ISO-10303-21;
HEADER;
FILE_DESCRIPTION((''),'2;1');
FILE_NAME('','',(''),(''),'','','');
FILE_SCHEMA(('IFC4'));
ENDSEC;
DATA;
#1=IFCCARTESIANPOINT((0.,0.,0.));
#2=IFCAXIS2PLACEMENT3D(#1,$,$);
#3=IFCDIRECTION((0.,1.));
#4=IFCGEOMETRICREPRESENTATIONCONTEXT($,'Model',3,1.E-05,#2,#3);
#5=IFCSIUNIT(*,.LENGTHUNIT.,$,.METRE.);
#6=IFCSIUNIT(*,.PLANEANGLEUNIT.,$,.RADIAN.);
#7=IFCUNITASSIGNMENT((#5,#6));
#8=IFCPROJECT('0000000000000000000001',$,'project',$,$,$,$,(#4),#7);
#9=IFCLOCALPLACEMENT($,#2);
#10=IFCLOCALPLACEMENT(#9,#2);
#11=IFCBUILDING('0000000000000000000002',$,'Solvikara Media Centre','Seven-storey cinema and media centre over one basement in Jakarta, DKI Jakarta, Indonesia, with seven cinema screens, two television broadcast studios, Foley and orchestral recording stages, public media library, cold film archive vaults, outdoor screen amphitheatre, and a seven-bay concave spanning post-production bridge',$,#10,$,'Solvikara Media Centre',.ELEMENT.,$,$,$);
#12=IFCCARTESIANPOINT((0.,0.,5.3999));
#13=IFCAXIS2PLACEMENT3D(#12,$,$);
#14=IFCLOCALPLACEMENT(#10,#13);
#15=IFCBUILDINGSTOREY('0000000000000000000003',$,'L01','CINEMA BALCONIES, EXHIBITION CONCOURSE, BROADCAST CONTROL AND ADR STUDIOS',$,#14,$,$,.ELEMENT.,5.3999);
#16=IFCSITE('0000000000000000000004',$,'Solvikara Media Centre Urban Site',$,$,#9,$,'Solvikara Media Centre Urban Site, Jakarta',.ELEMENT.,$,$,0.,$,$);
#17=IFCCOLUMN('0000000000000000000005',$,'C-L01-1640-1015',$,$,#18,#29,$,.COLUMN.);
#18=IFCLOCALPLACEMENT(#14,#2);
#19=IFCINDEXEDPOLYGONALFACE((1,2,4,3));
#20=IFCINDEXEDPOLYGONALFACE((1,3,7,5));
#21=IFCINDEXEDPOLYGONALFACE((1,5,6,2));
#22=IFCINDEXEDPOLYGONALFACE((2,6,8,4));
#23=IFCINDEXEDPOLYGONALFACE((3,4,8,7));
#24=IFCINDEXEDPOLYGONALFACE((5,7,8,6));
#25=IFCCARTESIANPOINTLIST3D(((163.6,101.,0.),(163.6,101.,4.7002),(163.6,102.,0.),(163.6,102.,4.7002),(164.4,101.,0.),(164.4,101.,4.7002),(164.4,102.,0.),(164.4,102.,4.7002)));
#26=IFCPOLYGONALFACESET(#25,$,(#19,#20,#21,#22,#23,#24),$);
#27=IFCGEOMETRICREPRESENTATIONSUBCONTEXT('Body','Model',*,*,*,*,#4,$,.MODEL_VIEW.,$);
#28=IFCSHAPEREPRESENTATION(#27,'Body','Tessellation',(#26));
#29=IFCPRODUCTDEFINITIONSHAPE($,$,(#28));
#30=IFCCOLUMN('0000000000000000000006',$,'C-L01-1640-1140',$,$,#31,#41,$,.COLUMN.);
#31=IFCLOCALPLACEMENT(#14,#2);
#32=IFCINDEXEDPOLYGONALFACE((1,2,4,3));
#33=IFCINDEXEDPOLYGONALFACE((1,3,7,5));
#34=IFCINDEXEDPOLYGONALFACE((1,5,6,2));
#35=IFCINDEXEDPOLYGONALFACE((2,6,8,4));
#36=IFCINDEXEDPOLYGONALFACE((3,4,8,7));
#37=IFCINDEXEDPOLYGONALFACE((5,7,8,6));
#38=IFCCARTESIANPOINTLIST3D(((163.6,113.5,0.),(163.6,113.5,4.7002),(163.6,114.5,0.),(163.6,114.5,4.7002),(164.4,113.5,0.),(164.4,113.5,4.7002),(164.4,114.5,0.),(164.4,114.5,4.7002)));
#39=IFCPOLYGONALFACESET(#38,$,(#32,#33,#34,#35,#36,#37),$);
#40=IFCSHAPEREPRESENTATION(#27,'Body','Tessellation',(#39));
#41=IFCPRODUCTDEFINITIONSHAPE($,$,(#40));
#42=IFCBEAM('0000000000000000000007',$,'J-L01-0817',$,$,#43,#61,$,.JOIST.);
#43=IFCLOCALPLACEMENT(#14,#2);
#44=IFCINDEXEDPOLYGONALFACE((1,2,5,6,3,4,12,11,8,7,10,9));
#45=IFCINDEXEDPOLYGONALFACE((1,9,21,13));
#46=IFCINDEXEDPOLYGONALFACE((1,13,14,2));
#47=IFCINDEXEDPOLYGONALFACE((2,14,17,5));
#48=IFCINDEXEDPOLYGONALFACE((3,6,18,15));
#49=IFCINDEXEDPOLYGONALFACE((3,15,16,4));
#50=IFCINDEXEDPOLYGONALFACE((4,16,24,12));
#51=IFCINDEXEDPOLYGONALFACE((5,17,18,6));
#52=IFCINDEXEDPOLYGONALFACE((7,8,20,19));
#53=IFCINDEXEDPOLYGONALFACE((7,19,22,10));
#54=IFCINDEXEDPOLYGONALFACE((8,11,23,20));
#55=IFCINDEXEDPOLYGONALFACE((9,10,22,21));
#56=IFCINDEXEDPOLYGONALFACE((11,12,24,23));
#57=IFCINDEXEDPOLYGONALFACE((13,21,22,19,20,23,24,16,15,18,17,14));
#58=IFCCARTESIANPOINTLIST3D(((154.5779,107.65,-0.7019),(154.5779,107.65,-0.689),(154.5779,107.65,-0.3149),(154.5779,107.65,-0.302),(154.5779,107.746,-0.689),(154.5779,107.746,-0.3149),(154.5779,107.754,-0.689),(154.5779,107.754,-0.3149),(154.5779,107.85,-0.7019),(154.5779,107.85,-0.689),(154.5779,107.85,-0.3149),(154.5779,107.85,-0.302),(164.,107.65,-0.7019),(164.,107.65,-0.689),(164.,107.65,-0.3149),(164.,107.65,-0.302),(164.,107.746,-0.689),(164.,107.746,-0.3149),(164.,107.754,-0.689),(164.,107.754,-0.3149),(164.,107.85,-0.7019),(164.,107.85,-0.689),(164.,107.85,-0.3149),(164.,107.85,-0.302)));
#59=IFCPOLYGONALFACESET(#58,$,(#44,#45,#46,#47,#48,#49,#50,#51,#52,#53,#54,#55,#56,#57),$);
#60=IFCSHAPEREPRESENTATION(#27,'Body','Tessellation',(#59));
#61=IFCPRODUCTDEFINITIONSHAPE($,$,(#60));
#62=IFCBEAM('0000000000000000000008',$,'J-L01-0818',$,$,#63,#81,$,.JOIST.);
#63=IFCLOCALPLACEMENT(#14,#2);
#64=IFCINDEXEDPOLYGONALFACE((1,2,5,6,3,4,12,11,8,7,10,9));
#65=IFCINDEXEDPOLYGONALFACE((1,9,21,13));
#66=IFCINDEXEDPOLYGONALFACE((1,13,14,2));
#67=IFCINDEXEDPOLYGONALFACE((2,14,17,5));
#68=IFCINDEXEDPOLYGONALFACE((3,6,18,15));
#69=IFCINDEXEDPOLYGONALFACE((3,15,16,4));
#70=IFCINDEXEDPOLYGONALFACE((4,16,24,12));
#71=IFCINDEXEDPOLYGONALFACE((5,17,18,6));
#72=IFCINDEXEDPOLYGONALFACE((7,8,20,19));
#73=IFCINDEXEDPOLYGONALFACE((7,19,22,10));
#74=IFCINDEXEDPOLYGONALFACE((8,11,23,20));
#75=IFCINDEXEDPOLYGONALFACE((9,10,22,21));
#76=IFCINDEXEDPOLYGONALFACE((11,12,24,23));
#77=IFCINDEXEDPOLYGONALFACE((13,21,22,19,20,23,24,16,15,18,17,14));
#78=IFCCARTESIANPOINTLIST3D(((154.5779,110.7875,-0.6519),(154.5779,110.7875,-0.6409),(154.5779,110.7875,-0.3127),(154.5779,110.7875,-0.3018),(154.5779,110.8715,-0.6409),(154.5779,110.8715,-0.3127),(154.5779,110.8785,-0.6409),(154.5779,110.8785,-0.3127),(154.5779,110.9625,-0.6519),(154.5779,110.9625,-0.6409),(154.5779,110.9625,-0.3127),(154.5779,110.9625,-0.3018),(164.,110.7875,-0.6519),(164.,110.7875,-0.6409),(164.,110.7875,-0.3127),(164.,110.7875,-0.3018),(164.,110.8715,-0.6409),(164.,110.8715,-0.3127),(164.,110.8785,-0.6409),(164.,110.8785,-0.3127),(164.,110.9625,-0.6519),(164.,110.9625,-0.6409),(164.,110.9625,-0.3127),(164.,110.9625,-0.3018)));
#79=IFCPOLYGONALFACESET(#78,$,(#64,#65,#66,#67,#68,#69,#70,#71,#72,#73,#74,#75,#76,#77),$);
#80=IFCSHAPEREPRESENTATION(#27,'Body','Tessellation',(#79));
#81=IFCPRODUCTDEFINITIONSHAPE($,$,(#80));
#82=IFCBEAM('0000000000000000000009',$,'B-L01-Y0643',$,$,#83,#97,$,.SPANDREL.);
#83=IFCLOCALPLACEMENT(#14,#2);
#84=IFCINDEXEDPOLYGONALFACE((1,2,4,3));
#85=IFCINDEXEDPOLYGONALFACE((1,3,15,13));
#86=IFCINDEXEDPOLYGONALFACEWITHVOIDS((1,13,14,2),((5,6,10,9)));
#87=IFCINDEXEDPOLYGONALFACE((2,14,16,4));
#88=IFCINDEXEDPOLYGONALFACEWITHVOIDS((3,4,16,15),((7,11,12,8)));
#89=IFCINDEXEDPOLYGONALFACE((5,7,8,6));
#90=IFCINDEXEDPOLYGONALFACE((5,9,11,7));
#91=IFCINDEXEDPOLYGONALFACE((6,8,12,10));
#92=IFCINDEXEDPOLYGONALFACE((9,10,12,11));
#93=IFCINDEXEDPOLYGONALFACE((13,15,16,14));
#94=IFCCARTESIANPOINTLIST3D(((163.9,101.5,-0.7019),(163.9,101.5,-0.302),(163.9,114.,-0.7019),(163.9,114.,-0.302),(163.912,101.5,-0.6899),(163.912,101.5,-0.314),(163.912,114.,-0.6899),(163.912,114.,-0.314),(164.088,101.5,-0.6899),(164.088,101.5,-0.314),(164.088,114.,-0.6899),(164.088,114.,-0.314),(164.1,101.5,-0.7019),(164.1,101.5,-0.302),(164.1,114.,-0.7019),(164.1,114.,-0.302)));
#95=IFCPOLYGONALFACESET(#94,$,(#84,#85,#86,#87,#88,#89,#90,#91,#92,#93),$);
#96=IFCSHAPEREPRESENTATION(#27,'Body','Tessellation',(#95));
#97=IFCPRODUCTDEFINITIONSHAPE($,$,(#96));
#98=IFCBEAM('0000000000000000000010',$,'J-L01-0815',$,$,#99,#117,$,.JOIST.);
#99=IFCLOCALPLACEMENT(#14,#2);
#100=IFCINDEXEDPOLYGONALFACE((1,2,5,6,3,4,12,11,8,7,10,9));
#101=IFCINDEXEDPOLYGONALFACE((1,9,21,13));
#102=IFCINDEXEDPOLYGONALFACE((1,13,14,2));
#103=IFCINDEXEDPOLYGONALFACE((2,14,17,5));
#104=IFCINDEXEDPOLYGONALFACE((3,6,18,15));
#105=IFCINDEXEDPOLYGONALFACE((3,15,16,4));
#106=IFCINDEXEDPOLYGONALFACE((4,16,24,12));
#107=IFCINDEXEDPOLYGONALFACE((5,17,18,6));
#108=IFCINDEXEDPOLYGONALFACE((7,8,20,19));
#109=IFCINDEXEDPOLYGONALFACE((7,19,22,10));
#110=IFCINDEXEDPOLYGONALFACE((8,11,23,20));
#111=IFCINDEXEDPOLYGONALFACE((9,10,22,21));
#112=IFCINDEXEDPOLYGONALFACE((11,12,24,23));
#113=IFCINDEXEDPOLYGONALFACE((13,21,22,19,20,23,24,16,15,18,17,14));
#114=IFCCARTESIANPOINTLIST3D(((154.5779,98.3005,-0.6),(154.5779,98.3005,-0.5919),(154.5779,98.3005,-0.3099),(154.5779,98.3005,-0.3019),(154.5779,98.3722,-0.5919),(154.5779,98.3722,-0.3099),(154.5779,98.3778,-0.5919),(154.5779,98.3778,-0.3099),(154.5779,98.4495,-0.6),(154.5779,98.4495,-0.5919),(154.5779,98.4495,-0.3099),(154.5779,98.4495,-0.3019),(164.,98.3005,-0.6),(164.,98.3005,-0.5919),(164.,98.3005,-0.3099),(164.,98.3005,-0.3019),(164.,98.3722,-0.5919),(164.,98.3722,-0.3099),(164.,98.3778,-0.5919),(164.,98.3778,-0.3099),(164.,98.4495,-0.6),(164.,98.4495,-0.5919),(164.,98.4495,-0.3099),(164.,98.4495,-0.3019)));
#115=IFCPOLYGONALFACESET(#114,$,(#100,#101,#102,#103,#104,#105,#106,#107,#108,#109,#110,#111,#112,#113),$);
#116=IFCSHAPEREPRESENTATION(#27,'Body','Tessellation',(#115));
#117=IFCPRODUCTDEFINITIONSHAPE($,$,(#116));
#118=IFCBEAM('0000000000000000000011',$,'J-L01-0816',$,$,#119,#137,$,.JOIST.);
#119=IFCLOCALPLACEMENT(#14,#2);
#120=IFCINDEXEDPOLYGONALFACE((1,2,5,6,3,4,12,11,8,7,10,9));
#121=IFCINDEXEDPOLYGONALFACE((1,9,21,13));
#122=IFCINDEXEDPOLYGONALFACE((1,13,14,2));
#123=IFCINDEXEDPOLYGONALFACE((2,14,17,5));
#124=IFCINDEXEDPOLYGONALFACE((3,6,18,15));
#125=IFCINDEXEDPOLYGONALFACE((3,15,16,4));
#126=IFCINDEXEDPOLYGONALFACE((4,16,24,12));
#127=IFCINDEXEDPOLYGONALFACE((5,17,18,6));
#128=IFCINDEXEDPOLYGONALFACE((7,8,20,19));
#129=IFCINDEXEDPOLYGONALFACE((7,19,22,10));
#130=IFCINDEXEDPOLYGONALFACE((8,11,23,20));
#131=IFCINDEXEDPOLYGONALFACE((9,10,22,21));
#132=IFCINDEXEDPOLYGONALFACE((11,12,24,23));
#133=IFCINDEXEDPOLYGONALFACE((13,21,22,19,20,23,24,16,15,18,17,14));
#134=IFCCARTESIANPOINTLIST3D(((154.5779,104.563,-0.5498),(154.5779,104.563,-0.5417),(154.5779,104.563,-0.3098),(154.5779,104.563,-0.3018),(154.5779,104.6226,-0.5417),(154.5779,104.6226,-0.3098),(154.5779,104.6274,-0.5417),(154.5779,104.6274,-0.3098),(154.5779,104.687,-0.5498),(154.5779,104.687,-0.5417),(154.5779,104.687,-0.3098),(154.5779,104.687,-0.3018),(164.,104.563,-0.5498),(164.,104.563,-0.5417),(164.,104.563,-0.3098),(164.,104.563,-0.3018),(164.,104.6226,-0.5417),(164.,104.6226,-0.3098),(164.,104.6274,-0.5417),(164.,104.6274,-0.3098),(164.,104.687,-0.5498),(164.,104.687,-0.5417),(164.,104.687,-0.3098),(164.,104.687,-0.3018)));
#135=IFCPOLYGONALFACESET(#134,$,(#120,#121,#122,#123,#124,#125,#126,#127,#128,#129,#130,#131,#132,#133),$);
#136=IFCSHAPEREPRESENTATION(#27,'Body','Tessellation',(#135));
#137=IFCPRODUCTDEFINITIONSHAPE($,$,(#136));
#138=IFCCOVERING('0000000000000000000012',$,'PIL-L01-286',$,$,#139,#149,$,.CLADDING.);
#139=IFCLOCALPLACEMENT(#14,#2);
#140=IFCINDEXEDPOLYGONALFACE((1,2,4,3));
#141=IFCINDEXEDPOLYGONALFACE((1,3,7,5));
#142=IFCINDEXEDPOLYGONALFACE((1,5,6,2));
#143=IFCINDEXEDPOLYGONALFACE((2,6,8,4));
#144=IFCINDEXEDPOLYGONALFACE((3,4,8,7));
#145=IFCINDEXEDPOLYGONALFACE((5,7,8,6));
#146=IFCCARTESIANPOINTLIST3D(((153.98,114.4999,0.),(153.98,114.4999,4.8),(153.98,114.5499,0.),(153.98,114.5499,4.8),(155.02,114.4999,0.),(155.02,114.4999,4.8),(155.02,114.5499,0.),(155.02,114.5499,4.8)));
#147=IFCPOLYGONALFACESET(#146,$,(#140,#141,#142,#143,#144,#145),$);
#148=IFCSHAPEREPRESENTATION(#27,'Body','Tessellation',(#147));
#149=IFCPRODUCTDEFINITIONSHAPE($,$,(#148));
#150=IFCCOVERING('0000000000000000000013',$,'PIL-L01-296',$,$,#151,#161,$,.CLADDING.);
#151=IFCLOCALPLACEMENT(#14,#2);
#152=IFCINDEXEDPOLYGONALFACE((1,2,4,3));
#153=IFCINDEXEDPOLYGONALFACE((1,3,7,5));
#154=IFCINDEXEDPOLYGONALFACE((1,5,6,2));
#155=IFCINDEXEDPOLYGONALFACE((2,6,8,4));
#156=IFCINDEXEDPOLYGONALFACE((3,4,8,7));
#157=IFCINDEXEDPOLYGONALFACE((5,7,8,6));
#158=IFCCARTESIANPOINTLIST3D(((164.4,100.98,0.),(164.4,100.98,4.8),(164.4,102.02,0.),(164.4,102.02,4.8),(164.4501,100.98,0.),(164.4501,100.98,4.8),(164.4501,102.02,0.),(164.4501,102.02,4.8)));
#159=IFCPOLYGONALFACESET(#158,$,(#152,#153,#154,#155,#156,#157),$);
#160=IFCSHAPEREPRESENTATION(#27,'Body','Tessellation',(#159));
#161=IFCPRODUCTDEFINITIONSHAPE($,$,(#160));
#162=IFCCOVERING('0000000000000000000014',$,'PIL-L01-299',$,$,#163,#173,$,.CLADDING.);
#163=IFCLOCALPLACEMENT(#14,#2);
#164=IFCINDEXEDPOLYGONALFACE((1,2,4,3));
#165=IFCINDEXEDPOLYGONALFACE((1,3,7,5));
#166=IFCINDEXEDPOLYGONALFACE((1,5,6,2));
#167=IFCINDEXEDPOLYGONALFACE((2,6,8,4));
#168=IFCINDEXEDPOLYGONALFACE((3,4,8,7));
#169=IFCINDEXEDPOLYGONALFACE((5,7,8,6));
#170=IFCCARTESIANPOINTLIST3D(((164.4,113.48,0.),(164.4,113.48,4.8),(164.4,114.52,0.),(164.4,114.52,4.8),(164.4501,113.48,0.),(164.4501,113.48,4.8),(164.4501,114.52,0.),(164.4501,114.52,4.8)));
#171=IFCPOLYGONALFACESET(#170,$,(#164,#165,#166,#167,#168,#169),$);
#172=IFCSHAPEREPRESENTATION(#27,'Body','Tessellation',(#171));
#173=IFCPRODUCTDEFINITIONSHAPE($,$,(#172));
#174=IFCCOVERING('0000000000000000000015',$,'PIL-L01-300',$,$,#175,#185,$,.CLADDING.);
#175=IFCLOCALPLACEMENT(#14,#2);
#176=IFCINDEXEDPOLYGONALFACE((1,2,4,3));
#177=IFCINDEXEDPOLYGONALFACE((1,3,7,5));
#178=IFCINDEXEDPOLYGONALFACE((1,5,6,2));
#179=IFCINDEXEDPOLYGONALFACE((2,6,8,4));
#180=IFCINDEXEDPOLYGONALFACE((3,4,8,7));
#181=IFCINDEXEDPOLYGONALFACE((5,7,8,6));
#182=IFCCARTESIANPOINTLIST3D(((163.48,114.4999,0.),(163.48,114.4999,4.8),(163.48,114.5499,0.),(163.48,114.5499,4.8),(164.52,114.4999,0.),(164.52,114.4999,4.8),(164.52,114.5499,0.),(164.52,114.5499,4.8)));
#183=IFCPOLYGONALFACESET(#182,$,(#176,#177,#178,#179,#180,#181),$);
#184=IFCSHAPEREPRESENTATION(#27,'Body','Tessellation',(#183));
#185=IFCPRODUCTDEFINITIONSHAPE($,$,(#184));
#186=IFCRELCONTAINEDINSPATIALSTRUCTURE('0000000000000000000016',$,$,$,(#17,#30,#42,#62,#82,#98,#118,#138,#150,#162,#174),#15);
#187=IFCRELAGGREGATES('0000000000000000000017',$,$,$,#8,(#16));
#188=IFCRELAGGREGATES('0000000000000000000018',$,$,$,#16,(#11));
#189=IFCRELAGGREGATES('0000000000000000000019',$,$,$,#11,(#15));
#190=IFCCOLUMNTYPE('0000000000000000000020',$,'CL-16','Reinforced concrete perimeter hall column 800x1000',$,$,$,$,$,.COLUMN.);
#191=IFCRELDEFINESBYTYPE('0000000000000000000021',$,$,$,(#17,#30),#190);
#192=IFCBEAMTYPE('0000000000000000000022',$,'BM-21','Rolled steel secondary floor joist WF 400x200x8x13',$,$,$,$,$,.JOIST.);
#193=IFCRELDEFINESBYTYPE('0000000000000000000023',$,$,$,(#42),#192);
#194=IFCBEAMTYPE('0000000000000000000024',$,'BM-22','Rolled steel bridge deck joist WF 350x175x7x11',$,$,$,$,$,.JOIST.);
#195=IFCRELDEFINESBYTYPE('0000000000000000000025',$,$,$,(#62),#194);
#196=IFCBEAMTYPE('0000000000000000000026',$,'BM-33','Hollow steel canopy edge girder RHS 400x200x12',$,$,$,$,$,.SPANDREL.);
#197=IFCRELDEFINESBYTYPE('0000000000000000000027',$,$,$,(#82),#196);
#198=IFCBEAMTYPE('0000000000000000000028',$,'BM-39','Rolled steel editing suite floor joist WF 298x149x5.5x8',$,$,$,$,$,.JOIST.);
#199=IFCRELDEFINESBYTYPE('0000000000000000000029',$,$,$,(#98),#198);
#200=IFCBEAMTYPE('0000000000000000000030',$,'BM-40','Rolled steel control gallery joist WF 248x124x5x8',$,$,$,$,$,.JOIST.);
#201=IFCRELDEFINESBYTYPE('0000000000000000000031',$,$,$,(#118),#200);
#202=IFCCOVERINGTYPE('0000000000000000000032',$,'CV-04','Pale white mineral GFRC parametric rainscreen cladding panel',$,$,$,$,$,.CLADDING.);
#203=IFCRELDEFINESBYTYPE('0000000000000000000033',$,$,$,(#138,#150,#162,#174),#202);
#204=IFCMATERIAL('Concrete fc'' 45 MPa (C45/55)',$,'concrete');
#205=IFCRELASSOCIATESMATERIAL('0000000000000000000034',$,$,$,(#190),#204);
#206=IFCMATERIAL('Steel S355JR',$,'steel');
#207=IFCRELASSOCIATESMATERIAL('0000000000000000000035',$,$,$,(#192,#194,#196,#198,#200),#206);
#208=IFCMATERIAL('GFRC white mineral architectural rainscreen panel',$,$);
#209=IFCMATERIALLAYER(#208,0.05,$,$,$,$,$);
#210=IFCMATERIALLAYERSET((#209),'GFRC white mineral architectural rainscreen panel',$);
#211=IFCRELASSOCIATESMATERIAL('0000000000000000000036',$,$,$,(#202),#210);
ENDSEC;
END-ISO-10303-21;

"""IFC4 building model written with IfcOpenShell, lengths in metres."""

from ifc_helpers import new_model, si_unit, direction, frame, origin, origin_2d, place, context, subcontext, project, spatial, rectangle, hollow_rectangle, i_section, extrude, material, layer, layer_set, material_profile, profile_set, type_object, element, save


model = new_model("IFC4")

# Units and contexts
model_context = context("Model", 3, precision=1e-05, world=origin(), true_north=direction((0.0, 1.0)))
body_context = subcontext(model_context, "Body", "Model", "MODEL_VIEW")
ifc_project = project(units=[si_unit("LENGTHUNIT", "METRE"), si_unit("PLANEANGLEUNIT", "RADIAN")], contexts=[model_context])

# Site, building, storey
site_placement = place(None, origin())
site = spatial("IfcSite", under=ifc_project, at=site_placement, Name="Solvikara Media Centre Urban Site", LongName="Solvikara Media Centre Urban Site, Jakarta", CompositionType="ELEMENT", RefElevation=0.0)
building_placement = place(site_placement, origin())
building = spatial("IfcBuilding", under=site, at=building_placement, Name="Solvikara Media Centre", Description="Seven-storey cinema and media centre over one basement in Jakarta, DKI Jakarta, Indonesia, with seven cinema screens, two television broadcast studios, Foley and orchestral recording stages, public media library, cold film archive vaults, outdoor screen amphitheatre, and a seven-bay concave spanning post-production bridge", LongName="Solvikara Media Centre", CompositionType="ELEMENT")
storey_placement = place(building_placement, frame((0.0, 0.0, 5.3999)))
storey = spatial("IfcBuildingStorey", under=building, at=storey_placement, Name="L01", Description="CINEMA BALCONIES, EXHIBITION CONCOURSE, BROADCAST CONTROL AND ADR STUDIOS", CompositionType="ELEMENT", Elevation=5.3999)

# Columns
ifc_material_1 = material(Name="Concrete fc' 45 MPa (C45/55)", Category="concrete")
ifc_material_profile_1 = material_profile(ifc_material_1, rectangle(XDim=0.8, YDim=1.0, at=origin_2d()), Name="RC 800x1000")
ifc_profile_set_1 = profile_set([ifc_material_profile_1], Name="Concrete fc' 45 MPa (C45/55)")
column_type = type_object("IfcColumnType", Name="CL-16", Description="Reinforced concrete perimeter hall column 800x1000", PredefinedType="COLUMN", material=ifc_profile_set_1)
for number, where, z_axis, x_axis, name in (
    (1, (164.0, 101.5, 0.0), (0.0, 0.0, 1.0), (1.0, 0.0, 0.0), "C-L01-1640-1015"),
    (2, (164.0, 114.0, 0.0), (0.0, 0.0, 1.0), (1.0, 0.0, 0.0), "C-L01-1640-1140"),
):
    element("IfcColumn", number, at=place(storey_placement, frame(where, z_axis=z_axis, x_axis=x_axis)), inside=storey, type_object=column_type, Name=name, PredefinedType="COLUMN", context=body_context, shape_type="SweptSolid", body=[
        extrude(rectangle(XDim=0.8, YDim=1.0, at=origin_2d()), origin(), (0.0, 0.0, 1.0), 4.7002),
    ])

# Beams
ifc_material_2 = material(Name="Steel S355JR", Category="steel")
ifc_material_profile_2 = material_profile(ifc_material_2, i_section(OverallWidth=0.2, OverallDepth=0.3999, WebThickness=0.0081, FlangeThickness=0.0129, at=origin_2d()), Name="WF 400x200x8x13")
ifc_profile_set_2 = profile_set([ifc_material_profile_2], Name="Steel S355JR")
beam_type_1 = type_object("IfcBeamType", Name="BM-21", Description="Rolled steel secondary floor joist WF 400x200x8x13", PredefinedType="JOIST", material=ifc_profile_set_2)
beam_1_placement = place(storey_placement, frame((154.5779, 107.75, -0.502), z_axis=(1.0, 0.0, 0.0), x_axis=(0.0, 1.0, 0.0)))
element("IfcBeam", 3, at=beam_1_placement, inside=storey, type_object=beam_type_1, Name="J-L01-0817", PredefinedType="JOIST", context=body_context, shape_type="SweptSolid", body=[
    extrude(i_section(OverallWidth=0.2, OverallDepth=0.3999, WebThickness=0.0081, FlangeThickness=0.0129, at=origin_2d()), origin(), (0.0, 0.0, 1.0), 9.4221),
])
ifc_material_profile_3 = material_profile(ifc_material_2, i_section(OverallWidth=0.175, OverallDepth=0.3501, WebThickness=0.0071, FlangeThickness=0.011, at=origin_2d()), Name="WF 350x175x7x11")
ifc_profile_set_3 = profile_set([ifc_material_profile_3], Name="Steel S355JR")
beam_type_2 = type_object("IfcBeamType", Name="BM-22", Description="Rolled steel bridge deck joist WF 350x175x7x11", PredefinedType="JOIST", material=ifc_profile_set_3)
beam_2_placement = place(storey_placement, frame((154.5779, 110.875, -0.4768), z_axis=(1.0, 0.0, 0.0), x_axis=(0.0, 1.0, 0.0)))
element("IfcBeam", 4, at=beam_2_placement, inside=storey, type_object=beam_type_2, Name="J-L01-0818", PredefinedType="JOIST", context=body_context, shape_type="SweptSolid", body=[
    extrude(i_section(OverallWidth=0.175, OverallDepth=0.3501, WebThickness=0.0071, FlangeThickness=0.011, at=origin_2d()), origin(), (0.0, 0.0, 1.0), 9.4221),
])
ifc_material_profile_4 = material_profile(ifc_material_2, hollow_rectangle(XDim=0.2, YDim=0.3999, WallThickness=0.012, at=origin_2d()), Name="RHS 400x200x12")
ifc_profile_set_4 = profile_set([ifc_material_profile_4], Name="Steel S355JR")
beam_type_3 = type_object("IfcBeamType", Name="BM-33", Description="Hollow steel canopy edge girder RHS 400x200x12", PredefinedType="SPANDREL", material=ifc_profile_set_4)
beam_3_placement = place(storey_placement, frame((164.0, 101.5, -0.502), z_axis=(0.0, 1.0, 0.0), x_axis=(-1.0, 0.0, 0.0)))
element("IfcBeam", 5, at=beam_3_placement, inside=storey, type_object=beam_type_3, Name="B-L01-Y0643", PredefinedType="SPANDREL", context=body_context, shape_type="SweptSolid", body=[
    extrude(hollow_rectangle(XDim=0.2, YDim=0.3999, WallThickness=0.012, at=origin_2d()), origin(), (0.0, 0.0, 1.0), 12.5),
])
ifc_material_profile_5 = material_profile(ifc_material_2, i_section(OverallWidth=0.1489, OverallDepth=0.2981, WebThickness=0.0056, FlangeThickness=0.0081, at=origin_2d()), Name="WF 298x149x5.5x8")
ifc_profile_set_5 = profile_set([ifc_material_profile_5], Name="Steel S355JR")
beam_type_4 = type_object("IfcBeamType", Name="BM-39", Description="Rolled steel editing suite floor joist WF 298x149x5.5x8", PredefinedType="JOIST", material=ifc_profile_set_5)
beam_4_placement = place(storey_placement, frame((154.5779, 98.375, -0.4509), z_axis=(1.0, 0.0, 0.0), x_axis=(0.0, 1.0, 0.0)))
element("IfcBeam", 6, at=beam_4_placement, inside=storey, type_object=beam_type_4, Name="J-L01-0815", PredefinedType="JOIST", context=body_context, shape_type="SweptSolid", body=[
    extrude(i_section(OverallWidth=0.1489, OverallDepth=0.2981, WebThickness=0.0056, FlangeThickness=0.0081, at=origin_2d()), origin(), (0.0, 0.0, 1.0), 9.4221),
])
ifc_material_profile_6 = material_profile(ifc_material_2, i_section(OverallWidth=0.124, OverallDepth=0.248, WebThickness=0.0049, FlangeThickness=0.0081, at=origin_2d()), Name="WF 248x124x5x8")
ifc_profile_set_6 = profile_set([ifc_material_profile_6], Name="Steel S355JR")
beam_type_5 = type_object("IfcBeamType", Name="BM-40", Description="Rolled steel control gallery joist WF 248x124x5x8", PredefinedType="JOIST", material=ifc_profile_set_6)
beam_5_placement = place(storey_placement, frame((154.5779, 104.625, -0.4258), z_axis=(1.0, 0.0, 0.0), x_axis=(0.0, 1.0, 0.0)))
element("IfcBeam", 7, at=beam_5_placement, inside=storey, type_object=beam_type_5, Name="J-L01-0816", PredefinedType="JOIST", context=body_context, shape_type="SweptSolid", body=[
    extrude(i_section(OverallWidth=0.124, OverallDepth=0.248, WebThickness=0.0049, FlangeThickness=0.0081, at=origin_2d()), origin(), (0.0, 0.0, 1.0), 9.4221),
])

# Coverings
ifc_material_3 = material(Name="GFRC white mineral architectural rainscreen panel")
ifc_layer = layer(ifc_material_3, 0.05)
ifc_layer_set = layer_set([ifc_layer], Name="GFRC white mineral architectural rainscreen panel")
covering_type = type_object("IfcCoveringType", Name="CV-04", Description="Pale white mineral GFRC parametric rainscreen cladding panel", PredefinedType="CLADDING", material=ifc_layer_set)
for number, where, z_axis, x_axis, name in (
    (8, (154.5, 114.5249, 0.0), (0.0, 0.0, 1.0), (-1.0, 0.0, 0.0), "PIL-L01-286"),
    (9, (164.425, 101.5, 0.0), (0.0, 0.0, 1.0), (0.0, 1.0, 0.0), "PIL-L01-296"),
    (10, (164.425, 114.0, 0.0), (0.0, 0.0, 1.0), (0.0, 1.0, 0.0), "PIL-L01-299"),
    (11, (164.0, 114.5249, 0.0), (0.0, 0.0, 1.0), (-1.0, 0.0, 0.0), "PIL-L01-300"),
):
    element("IfcCovering", number, at=place(storey_placement, frame(where, z_axis=z_axis, x_axis=x_axis)), inside=storey, type_object=covering_type, Name=name, PredefinedType="CLADDING", context=body_context, shape_type="SweptSolid", body=[
        extrude(rectangle(XDim=1.04, YDim=0.05, at=origin_2d()), origin(), (0.0, 0.0, 1.0), 4.8),
    ])

save(model, "model.ifc")
